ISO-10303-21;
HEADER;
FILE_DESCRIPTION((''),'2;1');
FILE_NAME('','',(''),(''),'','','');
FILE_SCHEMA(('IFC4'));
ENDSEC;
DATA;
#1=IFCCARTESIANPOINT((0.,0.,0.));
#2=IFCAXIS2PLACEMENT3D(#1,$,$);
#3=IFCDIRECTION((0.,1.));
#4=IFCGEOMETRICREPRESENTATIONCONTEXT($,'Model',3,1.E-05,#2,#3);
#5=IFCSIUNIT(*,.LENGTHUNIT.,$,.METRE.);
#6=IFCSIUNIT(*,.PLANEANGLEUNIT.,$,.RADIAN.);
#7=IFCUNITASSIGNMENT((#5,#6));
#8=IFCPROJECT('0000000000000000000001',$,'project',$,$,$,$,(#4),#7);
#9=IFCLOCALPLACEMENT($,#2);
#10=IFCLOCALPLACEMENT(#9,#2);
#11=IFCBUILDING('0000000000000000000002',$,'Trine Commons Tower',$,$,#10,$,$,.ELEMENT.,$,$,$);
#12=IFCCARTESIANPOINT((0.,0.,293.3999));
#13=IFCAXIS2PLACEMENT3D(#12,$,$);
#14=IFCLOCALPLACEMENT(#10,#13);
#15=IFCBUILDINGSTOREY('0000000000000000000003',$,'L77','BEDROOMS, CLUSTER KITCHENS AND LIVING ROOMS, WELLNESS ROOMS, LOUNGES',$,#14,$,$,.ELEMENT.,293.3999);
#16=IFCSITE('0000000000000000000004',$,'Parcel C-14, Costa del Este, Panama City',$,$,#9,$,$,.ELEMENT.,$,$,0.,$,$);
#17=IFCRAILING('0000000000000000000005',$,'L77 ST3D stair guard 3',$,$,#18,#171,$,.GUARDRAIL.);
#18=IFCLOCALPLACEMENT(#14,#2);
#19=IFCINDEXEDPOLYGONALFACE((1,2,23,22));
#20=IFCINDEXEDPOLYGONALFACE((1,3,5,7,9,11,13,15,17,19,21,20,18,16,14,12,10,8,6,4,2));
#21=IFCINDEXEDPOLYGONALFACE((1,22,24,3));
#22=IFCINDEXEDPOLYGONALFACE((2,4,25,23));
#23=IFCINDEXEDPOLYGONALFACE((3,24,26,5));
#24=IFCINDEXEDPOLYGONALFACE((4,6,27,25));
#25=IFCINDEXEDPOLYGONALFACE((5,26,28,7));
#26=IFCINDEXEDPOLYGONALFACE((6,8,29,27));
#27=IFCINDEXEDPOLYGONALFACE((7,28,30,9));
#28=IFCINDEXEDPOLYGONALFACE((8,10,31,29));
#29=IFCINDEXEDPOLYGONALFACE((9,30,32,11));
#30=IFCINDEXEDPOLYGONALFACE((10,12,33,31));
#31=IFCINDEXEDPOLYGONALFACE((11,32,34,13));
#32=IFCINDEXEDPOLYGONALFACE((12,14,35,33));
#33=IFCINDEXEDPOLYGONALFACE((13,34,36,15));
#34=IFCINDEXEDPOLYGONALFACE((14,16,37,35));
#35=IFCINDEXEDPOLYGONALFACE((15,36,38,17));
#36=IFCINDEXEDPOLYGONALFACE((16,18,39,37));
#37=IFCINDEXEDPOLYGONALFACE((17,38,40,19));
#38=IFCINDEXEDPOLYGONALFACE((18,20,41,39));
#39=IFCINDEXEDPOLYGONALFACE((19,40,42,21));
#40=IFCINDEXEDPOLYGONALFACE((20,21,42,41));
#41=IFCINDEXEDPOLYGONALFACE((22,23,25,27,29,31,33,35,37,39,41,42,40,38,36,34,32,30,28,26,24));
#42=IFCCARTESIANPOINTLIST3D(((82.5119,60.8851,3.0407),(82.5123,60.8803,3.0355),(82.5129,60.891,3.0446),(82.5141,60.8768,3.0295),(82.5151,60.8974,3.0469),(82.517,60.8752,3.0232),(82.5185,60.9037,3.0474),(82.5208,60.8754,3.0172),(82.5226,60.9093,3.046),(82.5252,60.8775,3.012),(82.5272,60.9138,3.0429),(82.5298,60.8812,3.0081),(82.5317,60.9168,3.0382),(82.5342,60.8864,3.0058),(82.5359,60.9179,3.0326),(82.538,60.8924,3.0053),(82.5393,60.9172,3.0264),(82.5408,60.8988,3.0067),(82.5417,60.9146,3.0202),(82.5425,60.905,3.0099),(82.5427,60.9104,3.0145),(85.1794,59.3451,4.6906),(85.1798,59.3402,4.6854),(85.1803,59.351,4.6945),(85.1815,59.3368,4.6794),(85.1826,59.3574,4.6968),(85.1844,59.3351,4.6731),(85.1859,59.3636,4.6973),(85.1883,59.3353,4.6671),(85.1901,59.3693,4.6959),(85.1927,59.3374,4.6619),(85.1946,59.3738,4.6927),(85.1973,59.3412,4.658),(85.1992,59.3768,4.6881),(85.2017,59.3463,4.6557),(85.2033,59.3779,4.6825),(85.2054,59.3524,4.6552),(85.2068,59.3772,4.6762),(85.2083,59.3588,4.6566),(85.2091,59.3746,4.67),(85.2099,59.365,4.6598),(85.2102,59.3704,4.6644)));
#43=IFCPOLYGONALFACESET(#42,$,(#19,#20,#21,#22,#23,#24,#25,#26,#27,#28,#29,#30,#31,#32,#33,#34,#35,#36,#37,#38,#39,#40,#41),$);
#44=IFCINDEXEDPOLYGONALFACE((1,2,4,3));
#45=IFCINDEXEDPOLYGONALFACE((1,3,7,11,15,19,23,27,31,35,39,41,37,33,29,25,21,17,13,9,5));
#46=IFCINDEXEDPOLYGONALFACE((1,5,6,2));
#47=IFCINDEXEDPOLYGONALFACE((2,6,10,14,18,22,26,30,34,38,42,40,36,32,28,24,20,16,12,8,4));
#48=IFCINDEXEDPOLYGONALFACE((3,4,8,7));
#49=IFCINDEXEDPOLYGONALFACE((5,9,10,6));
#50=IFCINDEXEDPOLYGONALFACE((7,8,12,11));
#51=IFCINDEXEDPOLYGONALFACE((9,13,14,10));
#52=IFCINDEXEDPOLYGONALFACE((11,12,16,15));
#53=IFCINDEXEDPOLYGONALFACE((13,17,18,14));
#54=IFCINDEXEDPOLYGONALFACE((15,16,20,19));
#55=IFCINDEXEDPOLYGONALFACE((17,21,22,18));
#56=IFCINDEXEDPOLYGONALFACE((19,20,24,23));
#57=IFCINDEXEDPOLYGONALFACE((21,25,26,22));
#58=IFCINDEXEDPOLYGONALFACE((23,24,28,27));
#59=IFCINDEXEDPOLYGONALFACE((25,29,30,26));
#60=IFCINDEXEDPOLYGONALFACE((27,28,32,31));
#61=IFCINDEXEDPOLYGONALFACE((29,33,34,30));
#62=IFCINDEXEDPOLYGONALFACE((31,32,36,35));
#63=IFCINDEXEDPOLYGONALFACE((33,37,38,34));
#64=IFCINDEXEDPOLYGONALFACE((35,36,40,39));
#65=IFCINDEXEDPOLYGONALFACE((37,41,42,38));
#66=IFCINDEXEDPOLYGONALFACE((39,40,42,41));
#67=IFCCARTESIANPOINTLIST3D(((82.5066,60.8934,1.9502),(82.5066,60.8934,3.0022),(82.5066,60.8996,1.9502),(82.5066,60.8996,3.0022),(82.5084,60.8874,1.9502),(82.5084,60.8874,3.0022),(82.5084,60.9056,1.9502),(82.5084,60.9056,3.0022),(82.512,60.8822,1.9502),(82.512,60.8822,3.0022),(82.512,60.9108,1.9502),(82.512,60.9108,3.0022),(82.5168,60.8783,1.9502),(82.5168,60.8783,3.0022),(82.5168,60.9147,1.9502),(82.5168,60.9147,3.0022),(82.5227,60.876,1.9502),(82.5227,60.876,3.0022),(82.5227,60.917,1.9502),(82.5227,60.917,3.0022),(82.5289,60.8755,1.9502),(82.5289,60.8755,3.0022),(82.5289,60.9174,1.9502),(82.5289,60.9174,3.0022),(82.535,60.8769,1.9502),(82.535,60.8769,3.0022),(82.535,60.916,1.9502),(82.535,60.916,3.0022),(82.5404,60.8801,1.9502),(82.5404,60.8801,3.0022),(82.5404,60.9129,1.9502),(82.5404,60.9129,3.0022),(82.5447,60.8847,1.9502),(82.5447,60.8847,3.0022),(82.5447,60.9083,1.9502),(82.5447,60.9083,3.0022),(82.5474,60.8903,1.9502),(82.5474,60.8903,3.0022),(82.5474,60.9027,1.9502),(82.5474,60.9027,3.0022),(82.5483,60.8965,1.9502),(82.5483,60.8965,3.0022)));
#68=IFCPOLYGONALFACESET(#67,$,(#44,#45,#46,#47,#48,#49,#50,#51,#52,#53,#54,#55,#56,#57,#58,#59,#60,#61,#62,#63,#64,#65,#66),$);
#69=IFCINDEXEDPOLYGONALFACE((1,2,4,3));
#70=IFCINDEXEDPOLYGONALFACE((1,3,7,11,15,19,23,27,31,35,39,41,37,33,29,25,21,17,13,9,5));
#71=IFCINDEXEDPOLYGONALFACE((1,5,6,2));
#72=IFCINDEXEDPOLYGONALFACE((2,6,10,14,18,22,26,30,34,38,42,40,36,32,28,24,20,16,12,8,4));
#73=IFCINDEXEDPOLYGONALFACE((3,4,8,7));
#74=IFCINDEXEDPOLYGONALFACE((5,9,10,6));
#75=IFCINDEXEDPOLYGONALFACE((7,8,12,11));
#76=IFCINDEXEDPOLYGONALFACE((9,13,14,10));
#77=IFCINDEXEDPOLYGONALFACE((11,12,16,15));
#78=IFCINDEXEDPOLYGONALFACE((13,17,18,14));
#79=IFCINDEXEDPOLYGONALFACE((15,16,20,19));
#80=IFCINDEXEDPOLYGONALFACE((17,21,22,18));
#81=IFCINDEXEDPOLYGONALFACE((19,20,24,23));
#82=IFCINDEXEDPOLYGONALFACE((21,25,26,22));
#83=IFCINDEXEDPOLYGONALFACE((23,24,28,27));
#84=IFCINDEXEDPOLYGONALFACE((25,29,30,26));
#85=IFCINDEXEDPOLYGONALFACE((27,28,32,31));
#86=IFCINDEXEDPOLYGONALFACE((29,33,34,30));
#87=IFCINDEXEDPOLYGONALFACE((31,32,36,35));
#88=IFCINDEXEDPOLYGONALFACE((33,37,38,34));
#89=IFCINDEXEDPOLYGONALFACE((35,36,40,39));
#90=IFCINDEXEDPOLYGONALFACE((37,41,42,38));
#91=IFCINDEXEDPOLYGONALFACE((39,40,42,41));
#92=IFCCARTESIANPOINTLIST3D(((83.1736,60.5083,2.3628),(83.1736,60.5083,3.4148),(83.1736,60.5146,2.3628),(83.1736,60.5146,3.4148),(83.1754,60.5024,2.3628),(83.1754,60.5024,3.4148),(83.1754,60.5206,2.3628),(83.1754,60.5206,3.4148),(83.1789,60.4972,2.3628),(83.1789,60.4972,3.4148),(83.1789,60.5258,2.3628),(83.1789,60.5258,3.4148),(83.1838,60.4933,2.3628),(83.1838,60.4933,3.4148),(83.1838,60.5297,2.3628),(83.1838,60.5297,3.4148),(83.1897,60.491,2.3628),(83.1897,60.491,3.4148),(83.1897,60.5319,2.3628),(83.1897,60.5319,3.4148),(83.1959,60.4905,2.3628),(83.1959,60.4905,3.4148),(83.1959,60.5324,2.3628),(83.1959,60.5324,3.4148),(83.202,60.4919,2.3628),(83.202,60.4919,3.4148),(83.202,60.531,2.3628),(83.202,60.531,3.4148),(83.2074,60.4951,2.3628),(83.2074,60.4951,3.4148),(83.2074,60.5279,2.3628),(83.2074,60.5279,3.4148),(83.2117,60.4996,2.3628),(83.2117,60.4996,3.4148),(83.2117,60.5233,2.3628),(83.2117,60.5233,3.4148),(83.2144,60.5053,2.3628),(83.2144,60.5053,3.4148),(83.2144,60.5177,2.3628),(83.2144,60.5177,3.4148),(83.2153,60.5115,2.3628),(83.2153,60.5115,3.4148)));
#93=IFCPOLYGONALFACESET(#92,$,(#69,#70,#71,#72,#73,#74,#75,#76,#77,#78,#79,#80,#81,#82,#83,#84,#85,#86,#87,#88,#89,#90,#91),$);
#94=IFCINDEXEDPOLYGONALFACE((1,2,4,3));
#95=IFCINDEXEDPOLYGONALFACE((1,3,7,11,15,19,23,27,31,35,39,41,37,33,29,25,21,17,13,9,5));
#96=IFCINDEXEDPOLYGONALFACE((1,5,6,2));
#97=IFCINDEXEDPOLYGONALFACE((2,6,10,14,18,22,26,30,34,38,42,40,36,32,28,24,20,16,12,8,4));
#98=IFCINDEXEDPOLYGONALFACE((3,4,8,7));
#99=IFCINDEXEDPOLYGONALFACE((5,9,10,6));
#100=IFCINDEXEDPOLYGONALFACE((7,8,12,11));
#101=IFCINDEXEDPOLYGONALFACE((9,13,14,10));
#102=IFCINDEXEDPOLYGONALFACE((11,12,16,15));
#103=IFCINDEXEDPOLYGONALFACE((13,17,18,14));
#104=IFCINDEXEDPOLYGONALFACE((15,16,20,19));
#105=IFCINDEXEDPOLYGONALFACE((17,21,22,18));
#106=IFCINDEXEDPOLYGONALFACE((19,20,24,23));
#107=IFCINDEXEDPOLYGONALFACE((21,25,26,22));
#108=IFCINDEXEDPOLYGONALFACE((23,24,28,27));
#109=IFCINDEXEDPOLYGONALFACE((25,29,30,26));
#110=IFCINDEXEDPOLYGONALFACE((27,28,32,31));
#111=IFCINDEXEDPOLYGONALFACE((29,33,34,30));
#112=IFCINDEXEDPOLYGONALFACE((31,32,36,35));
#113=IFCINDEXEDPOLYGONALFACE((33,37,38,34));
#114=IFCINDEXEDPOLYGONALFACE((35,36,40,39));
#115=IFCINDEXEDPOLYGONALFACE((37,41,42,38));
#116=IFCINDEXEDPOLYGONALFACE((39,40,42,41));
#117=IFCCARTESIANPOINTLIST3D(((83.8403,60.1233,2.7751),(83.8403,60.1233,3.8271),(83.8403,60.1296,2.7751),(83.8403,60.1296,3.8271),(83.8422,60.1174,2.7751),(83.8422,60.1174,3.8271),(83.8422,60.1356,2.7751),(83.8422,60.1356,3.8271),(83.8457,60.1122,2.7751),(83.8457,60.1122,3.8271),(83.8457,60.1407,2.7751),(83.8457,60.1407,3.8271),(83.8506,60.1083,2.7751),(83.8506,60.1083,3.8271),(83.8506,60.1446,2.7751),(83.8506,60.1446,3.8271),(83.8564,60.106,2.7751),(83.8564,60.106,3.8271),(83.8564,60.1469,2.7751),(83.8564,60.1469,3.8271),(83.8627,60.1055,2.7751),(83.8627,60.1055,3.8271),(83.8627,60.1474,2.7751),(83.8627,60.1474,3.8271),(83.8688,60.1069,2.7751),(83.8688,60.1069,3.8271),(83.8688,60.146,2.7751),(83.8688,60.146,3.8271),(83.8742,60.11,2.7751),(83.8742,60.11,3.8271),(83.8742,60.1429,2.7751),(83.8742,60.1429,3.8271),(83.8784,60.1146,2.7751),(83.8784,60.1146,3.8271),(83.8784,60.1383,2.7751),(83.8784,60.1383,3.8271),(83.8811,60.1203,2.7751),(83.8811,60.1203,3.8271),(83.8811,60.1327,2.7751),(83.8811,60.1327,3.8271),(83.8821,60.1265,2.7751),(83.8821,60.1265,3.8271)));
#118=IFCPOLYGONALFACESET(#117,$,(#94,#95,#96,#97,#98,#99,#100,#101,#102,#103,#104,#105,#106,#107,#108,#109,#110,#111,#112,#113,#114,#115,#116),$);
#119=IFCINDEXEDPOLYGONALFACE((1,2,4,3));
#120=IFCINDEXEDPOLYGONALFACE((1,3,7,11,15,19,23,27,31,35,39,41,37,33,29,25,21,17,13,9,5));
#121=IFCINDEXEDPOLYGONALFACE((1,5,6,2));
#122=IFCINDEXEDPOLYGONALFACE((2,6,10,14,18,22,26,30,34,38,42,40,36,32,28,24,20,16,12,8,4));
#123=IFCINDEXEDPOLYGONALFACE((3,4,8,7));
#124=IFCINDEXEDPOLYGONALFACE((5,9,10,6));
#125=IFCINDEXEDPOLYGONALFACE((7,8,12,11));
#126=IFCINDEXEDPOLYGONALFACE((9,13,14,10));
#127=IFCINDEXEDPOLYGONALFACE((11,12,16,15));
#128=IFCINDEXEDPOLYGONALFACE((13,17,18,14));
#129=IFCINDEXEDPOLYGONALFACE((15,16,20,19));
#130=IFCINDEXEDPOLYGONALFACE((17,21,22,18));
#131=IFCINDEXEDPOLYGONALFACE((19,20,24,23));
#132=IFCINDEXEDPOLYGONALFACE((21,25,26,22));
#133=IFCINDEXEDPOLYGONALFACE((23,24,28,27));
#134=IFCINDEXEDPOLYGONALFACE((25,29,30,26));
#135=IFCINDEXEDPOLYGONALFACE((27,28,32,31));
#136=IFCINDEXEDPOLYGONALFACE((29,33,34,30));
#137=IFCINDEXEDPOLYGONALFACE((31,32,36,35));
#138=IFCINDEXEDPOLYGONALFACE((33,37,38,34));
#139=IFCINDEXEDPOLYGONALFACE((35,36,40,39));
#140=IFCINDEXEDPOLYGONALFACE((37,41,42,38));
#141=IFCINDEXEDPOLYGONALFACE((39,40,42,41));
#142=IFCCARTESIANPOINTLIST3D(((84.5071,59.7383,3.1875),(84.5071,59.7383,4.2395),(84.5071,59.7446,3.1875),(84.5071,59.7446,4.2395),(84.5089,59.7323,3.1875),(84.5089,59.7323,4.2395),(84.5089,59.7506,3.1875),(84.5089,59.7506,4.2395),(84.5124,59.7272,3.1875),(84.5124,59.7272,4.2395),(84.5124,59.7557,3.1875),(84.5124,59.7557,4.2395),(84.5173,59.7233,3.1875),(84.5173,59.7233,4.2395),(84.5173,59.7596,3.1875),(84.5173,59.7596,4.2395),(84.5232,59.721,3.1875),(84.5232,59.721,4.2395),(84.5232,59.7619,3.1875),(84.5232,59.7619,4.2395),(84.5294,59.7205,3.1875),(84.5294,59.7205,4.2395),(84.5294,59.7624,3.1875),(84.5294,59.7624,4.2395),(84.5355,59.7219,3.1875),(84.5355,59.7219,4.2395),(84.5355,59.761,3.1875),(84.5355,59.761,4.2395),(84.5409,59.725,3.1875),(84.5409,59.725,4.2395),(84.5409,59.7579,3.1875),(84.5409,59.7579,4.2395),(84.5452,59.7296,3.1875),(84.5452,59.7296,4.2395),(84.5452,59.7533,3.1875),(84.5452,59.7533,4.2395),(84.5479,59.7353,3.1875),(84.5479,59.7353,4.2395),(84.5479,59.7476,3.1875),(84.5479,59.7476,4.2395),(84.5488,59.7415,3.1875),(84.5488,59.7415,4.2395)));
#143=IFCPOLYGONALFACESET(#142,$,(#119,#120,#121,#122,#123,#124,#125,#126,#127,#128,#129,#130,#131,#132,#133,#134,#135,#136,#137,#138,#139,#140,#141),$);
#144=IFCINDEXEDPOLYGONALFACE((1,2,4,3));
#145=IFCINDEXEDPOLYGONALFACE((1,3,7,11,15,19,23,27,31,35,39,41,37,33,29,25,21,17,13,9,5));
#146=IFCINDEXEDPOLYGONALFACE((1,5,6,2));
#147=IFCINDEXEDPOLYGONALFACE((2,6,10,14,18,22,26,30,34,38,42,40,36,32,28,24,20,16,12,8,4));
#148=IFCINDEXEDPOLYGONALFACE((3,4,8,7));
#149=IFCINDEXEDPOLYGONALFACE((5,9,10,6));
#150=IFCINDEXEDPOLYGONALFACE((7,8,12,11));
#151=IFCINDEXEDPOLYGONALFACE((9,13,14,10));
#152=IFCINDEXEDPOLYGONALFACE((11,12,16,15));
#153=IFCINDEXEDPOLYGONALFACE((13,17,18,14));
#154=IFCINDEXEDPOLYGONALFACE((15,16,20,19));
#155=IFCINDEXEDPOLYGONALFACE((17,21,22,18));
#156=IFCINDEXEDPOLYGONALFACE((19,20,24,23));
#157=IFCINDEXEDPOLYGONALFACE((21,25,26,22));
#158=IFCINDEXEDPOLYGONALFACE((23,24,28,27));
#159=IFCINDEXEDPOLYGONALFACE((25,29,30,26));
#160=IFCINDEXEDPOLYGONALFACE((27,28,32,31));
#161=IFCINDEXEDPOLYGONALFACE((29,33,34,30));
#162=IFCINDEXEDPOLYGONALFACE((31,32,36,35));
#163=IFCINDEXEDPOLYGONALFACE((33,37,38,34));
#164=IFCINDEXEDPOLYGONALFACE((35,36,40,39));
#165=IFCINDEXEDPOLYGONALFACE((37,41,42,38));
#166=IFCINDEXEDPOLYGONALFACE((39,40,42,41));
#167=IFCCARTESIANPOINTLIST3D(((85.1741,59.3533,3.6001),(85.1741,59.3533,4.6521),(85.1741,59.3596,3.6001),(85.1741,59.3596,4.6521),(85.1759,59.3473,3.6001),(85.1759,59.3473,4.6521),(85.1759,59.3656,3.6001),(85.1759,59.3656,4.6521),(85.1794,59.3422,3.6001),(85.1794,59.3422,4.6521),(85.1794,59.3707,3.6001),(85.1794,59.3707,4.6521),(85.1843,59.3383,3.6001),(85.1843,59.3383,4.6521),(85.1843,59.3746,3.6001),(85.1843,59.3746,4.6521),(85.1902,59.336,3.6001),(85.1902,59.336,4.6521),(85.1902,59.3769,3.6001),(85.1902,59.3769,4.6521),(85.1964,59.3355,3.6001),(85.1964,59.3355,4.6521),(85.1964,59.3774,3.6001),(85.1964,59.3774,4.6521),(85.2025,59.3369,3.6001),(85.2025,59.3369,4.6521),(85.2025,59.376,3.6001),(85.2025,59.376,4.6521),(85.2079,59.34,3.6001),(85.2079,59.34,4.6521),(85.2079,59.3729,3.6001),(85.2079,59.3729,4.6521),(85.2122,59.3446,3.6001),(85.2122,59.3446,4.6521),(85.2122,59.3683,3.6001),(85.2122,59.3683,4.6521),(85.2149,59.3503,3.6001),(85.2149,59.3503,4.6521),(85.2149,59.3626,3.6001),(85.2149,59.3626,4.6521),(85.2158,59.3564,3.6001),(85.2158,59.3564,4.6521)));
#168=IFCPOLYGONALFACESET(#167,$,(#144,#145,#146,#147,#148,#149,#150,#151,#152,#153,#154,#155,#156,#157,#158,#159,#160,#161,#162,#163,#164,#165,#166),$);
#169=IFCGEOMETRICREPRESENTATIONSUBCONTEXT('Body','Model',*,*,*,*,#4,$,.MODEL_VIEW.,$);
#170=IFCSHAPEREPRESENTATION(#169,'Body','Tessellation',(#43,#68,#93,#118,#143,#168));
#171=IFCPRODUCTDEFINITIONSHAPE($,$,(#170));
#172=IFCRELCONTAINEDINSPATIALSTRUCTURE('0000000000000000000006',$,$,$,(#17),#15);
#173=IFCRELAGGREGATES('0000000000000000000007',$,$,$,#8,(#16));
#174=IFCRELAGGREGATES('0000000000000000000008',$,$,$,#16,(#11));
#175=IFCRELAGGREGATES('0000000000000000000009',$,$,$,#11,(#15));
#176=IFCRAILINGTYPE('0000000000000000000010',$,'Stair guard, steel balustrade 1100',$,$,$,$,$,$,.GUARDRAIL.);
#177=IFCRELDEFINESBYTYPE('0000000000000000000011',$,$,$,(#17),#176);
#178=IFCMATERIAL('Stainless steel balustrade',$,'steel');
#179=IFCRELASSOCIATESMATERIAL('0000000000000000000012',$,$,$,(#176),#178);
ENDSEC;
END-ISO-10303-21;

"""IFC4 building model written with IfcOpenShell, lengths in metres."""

from ifc_helpers import new_model, si_unit, direction, frame, origin, origin_2d, place, context, subcontext, project, spatial, circle, extrude, material, type_object, element, save


model = new_model("IFC4")

# Units and contexts
model_context = context("Model", 3, precision=1e-05, world=origin(), true_north=direction((0.0, 1.0)))
body_context = subcontext(model_context, "Body", "Model", "MODEL_VIEW")
ifc_project = project(units=[si_unit("LENGTHUNIT", "METRE"), si_unit("PLANEANGLEUNIT", "RADIAN")], contexts=[model_context])

# Site, building, storey
site_placement = place(None, origin())
site = spatial("IfcSite", under=ifc_project, at=site_placement, Name="Parcel C-14, Costa del Este, Panama City", CompositionType="ELEMENT", RefElevation=0.0)
building_placement = place(site_placement, origin())
building = spatial("IfcBuilding", under=site, at=building_placement, Name="Trine Commons Tower", CompositionType="ELEMENT")
storey_placement = place(building_placement, frame((0.0, 0.0, 293.3999)))
storey = spatial("IfcBuildingStorey", under=building, at=storey_placement, Name="L77", Description="BEDROOMS, CLUSTER KITCHENS AND LIVING ROOMS, WELLNESS ROOMS, LOUNGES", CompositionType="ELEMENT", Elevation=293.3999)

# Railing
ifc_material_1 = material(Name="Stainless steel balustrade", Category="steel")
railing_type_1 = type_object("IfcRailingType", Name="Stair guard, steel balustrade 1100", PredefinedType="GUARDRAIL", material=ifc_material_1)
railing_1_placement = place(storey_placement, frame((82.5273, 60.8965, 1.9502)))
element("IfcRailing", 1, at=railing_1_placement, inside=storey, type_object=railing_type_1, Name="L77 ST3D stair guard 3", PredefinedType="GUARDRAIL", context=body_context, shape_type="SweptSolid", body=[
    extrude(circle(Radius=0.0239, at=origin_2d()), frame((0.0, 0.0, 1.0762), z_axis=(0.763405, -0.440743, 0.472185), x_axis=(0.499992, 0.86603, 0.0)), (0.0, 0.0, 1.0), 3.4941),
    extrude(circle(Radius=0.021, at=origin_2d()), origin(), (0.0, 0.0, 1.0), 1.052),
    extrude(circle(Radius=0.021, at=origin_2d()), frame((0.667, -0.385, 0.4126)), (0.0, 0.0, 1.0), 1.052),
    extrude(circle(Radius=0.021, at=origin_2d()), frame((1.3337, -0.77, 0.825)), (0.0, 0.0, 1.0), 1.052),
    extrude(circle(Radius=0.021, at=origin_2d()), frame((2.0005, -1.155, 1.2373)), (0.0, 0.0, 1.0), 1.052),
    extrude(circle(Radius=0.021, at=origin_2d()), frame((2.6675, -1.54, 1.6499)), (0.0, 0.0, 1.0), 1.052),
])

save(model, "model.ifc")
